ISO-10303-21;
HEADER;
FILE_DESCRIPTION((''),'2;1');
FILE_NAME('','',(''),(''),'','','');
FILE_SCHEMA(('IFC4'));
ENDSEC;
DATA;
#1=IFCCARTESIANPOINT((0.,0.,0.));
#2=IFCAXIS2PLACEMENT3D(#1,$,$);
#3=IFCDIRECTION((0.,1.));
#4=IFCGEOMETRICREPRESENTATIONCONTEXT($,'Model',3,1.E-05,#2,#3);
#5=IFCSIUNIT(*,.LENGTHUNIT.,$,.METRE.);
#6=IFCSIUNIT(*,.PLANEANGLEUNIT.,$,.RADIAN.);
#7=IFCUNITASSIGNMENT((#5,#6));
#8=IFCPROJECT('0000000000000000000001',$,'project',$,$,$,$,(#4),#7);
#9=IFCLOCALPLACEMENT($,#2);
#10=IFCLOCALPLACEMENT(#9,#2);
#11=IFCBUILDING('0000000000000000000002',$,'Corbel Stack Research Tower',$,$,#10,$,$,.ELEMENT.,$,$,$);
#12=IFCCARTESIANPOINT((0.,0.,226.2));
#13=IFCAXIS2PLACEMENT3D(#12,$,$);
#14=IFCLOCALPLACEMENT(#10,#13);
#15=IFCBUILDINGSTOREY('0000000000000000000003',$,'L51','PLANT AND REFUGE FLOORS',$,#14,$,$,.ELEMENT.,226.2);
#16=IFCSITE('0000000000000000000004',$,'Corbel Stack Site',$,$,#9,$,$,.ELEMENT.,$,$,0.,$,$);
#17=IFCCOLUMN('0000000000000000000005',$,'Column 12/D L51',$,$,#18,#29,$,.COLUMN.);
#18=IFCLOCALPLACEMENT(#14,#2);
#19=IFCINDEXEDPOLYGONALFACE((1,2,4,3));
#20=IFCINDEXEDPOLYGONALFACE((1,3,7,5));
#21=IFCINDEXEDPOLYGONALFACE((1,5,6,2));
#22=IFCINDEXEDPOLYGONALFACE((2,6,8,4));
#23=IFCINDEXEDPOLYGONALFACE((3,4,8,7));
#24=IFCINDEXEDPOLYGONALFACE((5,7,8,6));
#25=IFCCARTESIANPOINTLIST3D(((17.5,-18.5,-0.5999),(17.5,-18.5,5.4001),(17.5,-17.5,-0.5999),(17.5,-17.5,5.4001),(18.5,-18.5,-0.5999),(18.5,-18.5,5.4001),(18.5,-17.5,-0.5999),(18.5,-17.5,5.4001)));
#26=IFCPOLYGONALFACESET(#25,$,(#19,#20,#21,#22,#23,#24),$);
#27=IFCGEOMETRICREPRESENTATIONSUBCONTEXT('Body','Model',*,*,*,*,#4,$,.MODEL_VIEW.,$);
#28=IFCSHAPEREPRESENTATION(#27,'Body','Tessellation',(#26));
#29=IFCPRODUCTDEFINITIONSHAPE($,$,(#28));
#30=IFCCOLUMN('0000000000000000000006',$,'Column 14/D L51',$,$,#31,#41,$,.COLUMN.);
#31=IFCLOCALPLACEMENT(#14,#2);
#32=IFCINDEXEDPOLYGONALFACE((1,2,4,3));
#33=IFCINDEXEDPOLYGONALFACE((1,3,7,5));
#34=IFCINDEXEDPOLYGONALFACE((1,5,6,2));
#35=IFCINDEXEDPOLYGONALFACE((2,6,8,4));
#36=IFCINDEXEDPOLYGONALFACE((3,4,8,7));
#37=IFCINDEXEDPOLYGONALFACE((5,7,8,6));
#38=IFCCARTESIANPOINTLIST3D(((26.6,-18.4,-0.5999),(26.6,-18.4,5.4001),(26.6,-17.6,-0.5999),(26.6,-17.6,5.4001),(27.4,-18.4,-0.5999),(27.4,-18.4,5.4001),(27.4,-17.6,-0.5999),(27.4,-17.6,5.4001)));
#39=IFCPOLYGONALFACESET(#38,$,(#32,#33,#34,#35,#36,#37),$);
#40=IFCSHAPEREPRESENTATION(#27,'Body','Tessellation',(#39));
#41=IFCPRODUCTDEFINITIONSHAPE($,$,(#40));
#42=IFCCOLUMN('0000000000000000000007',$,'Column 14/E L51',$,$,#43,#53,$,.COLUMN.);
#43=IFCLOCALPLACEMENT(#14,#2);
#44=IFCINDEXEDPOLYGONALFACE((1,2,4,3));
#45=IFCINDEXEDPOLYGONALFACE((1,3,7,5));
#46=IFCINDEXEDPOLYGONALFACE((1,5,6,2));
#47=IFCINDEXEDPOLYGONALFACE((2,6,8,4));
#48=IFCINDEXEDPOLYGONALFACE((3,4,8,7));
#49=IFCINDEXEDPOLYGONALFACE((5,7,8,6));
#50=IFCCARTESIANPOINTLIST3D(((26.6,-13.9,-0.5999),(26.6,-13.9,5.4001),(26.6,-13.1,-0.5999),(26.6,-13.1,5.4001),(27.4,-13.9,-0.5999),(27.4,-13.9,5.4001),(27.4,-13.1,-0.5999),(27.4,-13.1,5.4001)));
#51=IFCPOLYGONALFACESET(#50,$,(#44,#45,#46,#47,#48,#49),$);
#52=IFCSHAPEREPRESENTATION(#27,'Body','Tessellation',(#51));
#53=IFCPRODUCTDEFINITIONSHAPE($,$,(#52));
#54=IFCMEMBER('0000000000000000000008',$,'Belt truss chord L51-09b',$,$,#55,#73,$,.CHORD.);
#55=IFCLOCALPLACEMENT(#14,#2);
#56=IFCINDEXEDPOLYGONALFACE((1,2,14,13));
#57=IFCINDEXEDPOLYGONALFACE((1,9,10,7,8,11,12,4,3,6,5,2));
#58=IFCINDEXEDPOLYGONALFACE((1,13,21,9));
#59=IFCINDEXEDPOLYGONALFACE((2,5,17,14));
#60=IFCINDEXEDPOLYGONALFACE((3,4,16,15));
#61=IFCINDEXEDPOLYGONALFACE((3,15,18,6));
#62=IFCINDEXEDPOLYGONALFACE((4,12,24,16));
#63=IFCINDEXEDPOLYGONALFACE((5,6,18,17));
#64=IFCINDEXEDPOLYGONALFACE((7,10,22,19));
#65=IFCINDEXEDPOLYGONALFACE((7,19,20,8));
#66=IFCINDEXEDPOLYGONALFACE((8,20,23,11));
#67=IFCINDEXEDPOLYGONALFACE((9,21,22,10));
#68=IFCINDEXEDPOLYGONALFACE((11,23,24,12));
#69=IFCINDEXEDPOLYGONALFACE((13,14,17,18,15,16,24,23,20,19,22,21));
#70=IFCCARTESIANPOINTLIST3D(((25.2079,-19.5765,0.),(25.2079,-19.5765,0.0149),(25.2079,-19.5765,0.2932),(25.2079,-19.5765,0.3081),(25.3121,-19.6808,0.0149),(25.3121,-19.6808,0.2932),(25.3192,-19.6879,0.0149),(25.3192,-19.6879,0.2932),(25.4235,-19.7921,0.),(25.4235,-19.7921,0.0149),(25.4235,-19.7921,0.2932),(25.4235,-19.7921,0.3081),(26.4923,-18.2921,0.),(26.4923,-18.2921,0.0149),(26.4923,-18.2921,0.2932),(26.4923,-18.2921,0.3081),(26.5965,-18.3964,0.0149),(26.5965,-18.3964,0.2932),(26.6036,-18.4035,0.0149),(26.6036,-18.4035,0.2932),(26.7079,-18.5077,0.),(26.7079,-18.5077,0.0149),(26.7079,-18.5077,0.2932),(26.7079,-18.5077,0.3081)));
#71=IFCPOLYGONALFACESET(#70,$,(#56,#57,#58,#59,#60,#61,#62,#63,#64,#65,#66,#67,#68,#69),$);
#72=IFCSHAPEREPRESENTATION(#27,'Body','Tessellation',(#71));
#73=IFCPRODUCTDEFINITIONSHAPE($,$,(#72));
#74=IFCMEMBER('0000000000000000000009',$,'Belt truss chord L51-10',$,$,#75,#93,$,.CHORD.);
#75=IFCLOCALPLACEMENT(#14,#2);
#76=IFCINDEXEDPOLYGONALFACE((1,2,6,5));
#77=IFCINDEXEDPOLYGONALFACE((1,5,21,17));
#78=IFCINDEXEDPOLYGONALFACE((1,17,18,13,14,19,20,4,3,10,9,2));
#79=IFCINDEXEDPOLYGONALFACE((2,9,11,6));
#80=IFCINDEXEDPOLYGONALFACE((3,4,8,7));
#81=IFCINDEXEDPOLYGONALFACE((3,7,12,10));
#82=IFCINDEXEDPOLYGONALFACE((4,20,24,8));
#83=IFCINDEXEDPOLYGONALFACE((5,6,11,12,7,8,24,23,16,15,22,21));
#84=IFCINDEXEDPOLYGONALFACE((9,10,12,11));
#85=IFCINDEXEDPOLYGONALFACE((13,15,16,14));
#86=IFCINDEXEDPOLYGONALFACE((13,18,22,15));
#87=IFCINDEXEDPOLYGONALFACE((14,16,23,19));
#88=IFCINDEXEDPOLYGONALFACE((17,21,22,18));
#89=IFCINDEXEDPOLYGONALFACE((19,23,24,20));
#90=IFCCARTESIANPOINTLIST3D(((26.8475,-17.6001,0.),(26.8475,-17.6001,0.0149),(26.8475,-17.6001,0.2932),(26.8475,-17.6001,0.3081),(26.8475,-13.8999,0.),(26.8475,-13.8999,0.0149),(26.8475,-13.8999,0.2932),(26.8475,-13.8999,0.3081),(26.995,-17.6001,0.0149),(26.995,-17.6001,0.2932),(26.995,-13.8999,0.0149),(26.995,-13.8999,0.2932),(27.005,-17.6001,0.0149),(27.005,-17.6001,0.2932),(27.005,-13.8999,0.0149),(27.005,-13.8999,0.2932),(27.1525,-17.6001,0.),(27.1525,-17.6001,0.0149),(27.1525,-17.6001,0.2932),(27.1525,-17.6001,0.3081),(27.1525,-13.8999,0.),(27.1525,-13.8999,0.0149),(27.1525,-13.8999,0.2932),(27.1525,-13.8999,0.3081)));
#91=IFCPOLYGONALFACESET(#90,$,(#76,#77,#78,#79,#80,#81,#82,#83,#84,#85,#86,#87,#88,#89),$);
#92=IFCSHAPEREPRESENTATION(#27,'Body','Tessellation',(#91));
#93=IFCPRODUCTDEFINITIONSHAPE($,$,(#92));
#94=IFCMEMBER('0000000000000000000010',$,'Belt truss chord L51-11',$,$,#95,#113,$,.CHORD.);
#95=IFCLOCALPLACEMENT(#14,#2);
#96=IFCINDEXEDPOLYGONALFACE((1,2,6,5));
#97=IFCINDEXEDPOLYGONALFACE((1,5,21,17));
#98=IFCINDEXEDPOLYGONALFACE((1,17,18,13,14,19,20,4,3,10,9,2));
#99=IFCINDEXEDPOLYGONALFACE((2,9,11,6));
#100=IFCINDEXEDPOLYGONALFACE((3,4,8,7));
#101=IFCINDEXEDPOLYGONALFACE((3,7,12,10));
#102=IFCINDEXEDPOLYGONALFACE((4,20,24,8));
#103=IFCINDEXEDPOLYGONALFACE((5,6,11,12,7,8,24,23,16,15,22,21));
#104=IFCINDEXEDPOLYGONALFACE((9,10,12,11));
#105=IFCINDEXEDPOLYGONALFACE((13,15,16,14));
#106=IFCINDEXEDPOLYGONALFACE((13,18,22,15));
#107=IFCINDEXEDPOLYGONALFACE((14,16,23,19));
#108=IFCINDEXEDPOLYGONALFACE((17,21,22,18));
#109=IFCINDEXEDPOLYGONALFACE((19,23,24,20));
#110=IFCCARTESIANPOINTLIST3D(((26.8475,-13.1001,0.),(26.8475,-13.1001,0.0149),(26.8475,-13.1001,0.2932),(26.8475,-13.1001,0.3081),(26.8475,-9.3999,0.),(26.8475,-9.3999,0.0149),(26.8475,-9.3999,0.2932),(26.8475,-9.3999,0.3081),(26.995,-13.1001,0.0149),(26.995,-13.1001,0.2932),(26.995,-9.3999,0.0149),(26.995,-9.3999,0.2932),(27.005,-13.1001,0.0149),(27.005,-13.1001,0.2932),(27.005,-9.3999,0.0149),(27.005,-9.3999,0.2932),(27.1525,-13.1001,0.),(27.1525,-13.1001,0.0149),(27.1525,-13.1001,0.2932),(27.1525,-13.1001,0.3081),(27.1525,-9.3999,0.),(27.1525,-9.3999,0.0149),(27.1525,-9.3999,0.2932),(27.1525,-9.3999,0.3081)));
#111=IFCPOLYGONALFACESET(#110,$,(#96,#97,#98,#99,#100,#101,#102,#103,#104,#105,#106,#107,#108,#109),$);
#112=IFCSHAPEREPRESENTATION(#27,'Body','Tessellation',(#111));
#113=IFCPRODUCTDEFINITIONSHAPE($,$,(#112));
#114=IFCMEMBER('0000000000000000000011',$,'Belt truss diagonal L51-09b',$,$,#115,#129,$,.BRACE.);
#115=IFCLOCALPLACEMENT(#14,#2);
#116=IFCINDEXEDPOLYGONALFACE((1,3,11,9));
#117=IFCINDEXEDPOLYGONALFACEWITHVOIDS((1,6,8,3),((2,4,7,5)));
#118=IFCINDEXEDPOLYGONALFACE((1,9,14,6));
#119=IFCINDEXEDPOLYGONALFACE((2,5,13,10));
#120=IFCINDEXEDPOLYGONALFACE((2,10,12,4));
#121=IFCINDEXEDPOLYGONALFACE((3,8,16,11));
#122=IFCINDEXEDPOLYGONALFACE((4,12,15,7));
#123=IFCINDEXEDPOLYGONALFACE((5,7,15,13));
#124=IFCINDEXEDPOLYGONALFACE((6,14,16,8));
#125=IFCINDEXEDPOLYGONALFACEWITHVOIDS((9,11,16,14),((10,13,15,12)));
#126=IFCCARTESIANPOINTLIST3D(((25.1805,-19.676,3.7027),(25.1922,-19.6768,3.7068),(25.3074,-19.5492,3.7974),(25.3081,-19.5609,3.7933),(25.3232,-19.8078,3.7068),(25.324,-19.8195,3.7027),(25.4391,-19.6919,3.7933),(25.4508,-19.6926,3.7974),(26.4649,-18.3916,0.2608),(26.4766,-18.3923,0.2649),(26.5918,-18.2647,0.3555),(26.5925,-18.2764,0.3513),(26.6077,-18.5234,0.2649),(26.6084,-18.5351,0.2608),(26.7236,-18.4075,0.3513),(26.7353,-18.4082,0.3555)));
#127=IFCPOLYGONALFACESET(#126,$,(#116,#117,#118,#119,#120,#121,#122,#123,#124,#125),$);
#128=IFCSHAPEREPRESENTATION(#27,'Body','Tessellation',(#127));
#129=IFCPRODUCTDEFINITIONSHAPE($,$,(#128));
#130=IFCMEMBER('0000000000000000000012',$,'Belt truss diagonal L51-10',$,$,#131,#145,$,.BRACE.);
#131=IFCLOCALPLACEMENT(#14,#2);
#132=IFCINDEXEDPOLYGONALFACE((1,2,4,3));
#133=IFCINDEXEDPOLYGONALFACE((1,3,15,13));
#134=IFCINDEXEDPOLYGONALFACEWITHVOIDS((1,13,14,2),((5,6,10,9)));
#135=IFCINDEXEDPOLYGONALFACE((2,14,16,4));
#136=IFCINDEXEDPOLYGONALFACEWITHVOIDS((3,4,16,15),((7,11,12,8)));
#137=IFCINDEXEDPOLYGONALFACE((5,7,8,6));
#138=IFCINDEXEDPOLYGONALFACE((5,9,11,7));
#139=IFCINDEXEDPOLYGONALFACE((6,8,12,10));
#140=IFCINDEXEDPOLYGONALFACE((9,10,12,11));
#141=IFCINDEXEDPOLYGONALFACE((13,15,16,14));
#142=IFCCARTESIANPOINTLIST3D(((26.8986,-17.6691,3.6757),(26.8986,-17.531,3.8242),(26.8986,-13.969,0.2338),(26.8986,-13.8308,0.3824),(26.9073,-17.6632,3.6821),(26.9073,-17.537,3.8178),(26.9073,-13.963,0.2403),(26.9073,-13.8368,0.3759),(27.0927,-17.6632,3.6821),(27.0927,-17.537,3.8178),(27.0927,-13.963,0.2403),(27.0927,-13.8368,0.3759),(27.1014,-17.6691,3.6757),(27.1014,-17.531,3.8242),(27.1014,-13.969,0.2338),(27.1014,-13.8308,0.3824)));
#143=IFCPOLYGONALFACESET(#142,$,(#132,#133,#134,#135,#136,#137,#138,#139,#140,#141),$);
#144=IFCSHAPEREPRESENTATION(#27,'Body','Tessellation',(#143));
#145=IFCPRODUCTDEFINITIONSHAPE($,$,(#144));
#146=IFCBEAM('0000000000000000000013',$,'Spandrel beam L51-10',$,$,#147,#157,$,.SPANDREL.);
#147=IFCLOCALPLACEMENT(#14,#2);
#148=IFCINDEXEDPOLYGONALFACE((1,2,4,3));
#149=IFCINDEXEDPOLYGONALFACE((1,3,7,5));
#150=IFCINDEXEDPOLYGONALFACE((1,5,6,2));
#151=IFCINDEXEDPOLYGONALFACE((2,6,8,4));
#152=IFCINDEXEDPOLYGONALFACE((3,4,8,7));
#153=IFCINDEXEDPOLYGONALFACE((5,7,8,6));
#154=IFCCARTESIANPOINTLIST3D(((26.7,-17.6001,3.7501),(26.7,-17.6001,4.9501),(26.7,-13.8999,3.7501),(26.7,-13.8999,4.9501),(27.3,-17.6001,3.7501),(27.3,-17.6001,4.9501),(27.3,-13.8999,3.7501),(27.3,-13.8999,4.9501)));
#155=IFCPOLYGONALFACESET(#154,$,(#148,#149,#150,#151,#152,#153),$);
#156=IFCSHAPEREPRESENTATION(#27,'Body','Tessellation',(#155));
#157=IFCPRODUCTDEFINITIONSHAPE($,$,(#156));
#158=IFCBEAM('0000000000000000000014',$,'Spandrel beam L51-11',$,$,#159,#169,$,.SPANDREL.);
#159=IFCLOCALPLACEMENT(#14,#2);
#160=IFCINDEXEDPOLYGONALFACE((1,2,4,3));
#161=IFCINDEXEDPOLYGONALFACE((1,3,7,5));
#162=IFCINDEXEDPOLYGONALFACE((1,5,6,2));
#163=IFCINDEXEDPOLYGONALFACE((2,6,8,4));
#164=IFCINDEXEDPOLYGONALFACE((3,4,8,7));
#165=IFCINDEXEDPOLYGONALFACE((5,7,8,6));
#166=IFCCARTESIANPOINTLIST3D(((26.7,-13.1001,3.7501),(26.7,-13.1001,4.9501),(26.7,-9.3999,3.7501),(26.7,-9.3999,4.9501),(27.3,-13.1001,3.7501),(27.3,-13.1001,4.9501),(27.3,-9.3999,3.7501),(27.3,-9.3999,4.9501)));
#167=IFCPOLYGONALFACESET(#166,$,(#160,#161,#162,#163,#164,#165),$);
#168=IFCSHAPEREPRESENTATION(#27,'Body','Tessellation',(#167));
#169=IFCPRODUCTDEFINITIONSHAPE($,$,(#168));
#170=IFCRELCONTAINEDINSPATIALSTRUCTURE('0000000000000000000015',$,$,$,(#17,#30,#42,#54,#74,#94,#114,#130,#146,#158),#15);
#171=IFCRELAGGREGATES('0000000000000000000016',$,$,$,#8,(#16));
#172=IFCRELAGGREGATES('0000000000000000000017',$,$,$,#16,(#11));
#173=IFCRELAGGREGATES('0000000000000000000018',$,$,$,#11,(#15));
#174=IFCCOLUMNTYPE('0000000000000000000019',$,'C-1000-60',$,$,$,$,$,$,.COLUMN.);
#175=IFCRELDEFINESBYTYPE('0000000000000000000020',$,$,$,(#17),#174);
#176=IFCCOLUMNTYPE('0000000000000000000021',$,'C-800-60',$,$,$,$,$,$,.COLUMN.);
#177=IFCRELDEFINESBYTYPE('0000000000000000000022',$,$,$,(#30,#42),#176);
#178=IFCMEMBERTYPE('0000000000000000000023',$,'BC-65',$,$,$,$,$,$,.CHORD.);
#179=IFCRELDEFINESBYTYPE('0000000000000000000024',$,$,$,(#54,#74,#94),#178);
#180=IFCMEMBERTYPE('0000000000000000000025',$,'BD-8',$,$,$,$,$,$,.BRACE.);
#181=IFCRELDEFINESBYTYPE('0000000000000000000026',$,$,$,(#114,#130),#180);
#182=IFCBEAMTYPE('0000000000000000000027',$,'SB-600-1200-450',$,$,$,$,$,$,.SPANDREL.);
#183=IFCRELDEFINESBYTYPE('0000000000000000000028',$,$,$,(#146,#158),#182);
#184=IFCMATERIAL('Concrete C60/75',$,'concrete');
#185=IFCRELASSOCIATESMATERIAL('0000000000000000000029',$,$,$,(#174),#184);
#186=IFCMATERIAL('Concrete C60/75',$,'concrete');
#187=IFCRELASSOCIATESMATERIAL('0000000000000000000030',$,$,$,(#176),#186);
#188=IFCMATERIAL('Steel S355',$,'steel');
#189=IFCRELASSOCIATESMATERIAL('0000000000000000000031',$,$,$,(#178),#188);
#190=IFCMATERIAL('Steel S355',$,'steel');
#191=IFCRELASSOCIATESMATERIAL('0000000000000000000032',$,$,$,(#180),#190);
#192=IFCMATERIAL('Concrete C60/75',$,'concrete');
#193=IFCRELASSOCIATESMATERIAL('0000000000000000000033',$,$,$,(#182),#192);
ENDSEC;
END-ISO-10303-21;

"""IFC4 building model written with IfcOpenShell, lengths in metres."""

from ifc_helpers import new_model, si_unit, direction, frame, origin, origin_2d, place, context, subcontext, project, spatial, rectangle, hollow_rectangle, i_section, extrude, material, material_profile, profile_set, type_object, element, save


model = new_model("IFC4")

# Units and contexts
model_context = context("Model", 3, precision=1e-05, world=origin(), true_north=direction((0.0, 1.0)))
body_context = subcontext(model_context, "Body", "Model", "MODEL_VIEW")
ifc_project = project(units=[si_unit("LENGTHUNIT", "METRE"), si_unit("PLANEANGLEUNIT", "RADIAN")], contexts=[model_context])

# Site, building, storey
site_placement = place(None, origin())
site = spatial("IfcSite", under=ifc_project, at=site_placement, Name="Corbel Stack Site", CompositionType="ELEMENT", RefElevation=0.0)
building_placement = place(site_placement, origin())
building = spatial("IfcBuilding", under=site, at=building_placement, Name="Corbel Stack Research Tower", CompositionType="ELEMENT")
storey_placement = place(building_placement, frame((0.0, 0.0, 226.2)))
storey = spatial("IfcBuildingStorey", under=building, at=storey_placement, Name="L51", Description="PLANT AND REFUGE FLOORS", CompositionType="ELEMENT", Elevation=226.2)

# Columns
ifc_material_1 = material(Name="Concrete C60/75", Category="concrete")
ifc_material_profile_1 = material_profile(ifc_material_1, rectangle(XDim=1.0, YDim=1.0, at=origin_2d()), Name="RC 1000 x 1000")
ifc_profile_set_1 = profile_set([ifc_material_profile_1], Name="Concrete C60/75")
column_type_1 = type_object("IfcColumnType", Name="C-1000-60", PredefinedType="COLUMN", material=ifc_profile_set_1)
column_placement = place(storey_placement, frame((18.0, -18.0, -0.5999), z_axis=(0.0, 0.0, 1.0), x_axis=(1.0, 0.0, 0.0)))
element("IfcColumn", 1, at=column_placement, inside=storey, type_object=column_type_1, Name="Column 12/D L51", PredefinedType="COLUMN", context=body_context, shape_type="SweptSolid", body=[
    extrude(rectangle(XDim=1.0, YDim=1.0, at=origin_2d()), origin(), (0.0, 0.0, 1.0), 6.0),
])
ifc_material_2 = material(Name="Concrete C60/75", Category="concrete")
ifc_material_profile_2 = material_profile(ifc_material_2, rectangle(XDim=0.8, YDim=0.8, at=origin_2d()), Name="RC 800 x 800")
ifc_profile_set_2 = profile_set([ifc_material_profile_2], Name="Concrete C60/75")
column_type_2 = type_object("IfcColumnType", Name="C-800-60", PredefinedType="COLUMN", material=ifc_profile_set_2)
for number, where, z_axis, x_axis, name in (
    (2, (27.0, -18.0, -0.5999), (0.0, 0.0, 1.0), (1.0, 0.0, 0.0), "Column 14/D L51"),
    (3, (27.0, -13.5, -0.5999), (0.0, 0.0, 1.0), (1.0, 0.0, 0.0), "Column 14/E L51"),
):
    element("IfcColumn", number, at=place(storey_placement, frame(where, z_axis=z_axis, x_axis=x_axis)), inside=storey, type_object=column_type_2, Name=name, PredefinedType="COLUMN", context=body_context, shape_type="SweptSolid", body=[
        extrude(rectangle(XDim=0.8, YDim=0.8, at=origin_2d()), origin(), (0.0, 0.0, 1.0), 6.0),
    ])

# Members
ifc_material_3 = material(Name="Steel S355", Category="steel")
ifc_material_profile_3 = material_profile(ifc_material_3, i_section(OverallWidth=0.3049, OverallDepth=0.3081, WebThickness=0.01, FlangeThickness=0.0149, at=origin_2d()), Name="W12x65")
ifc_profile_set_3 = profile_set([ifc_material_profile_3], Name="Steel S355")
member_type_1 = type_object("IfcMemberType", Name="BC-65", PredefinedType="CHORD", material=ifc_profile_set_3)
member_1_placement = place(storey_placement, frame((25.3157, -19.6843, 0.1541), z_axis=(0.707107, 0.707107, 0.0), x_axis=(-0.707107, 0.707107, 0.0)))
element("IfcMember", 4, at=member_1_placement, inside=storey, type_object=member_type_1, Name="Belt truss chord L51-09b", PredefinedType="CHORD", context=body_context, shape_type="SweptSolid", body=[
    extrude(i_section(OverallWidth=0.3049, OverallDepth=0.3081, WebThickness=0.01, FlangeThickness=0.0149, at=origin_2d()), origin(), (0.0, 0.0, 1.0), 1.8164),
])
for number, where, z_axis, x_axis, name in (
    (5, (27.0, -17.6001, 0.1541), (0.0, 1.0, 0.0), (-1.0, 0.0, 0.0), "Belt truss chord L51-10"),
    (6, (27.0, -13.1001, 0.1541), (0.0, 1.0, 0.0), (-1.0, 0.0, 0.0), "Belt truss chord L51-11"),
):
    element("IfcMember", number, at=place(storey_placement, frame(where, z_axis=z_axis, x_axis=x_axis)), inside=storey, type_object=member_type_1, Name=name, PredefinedType="CHORD", context=body_context, shape_type="SweptSolid", body=[
        extrude(i_section(OverallWidth=0.3049, OverallDepth=0.3081, WebThickness=0.01, FlangeThickness=0.0149, at=origin_2d()), origin(), (0.0, 0.0, 1.0), 3.7002),
    ])
ifc_material_4 = material(Name="Steel S355", Category="steel")
ifc_material_profile_4 = material_profile(ifc_material_4, hollow_rectangle(XDim=0.2029, YDim=0.2029, WallThickness=0.0088, at=origin_2d()), Name="HSS8x8x3/8")
ifc_profile_set_4 = profile_set([ifc_material_profile_4], Name="Steel S355")
member_type_2 = type_object("IfcMemberType", Name="BD-8", PredefinedType="BRACE", material=ifc_profile_set_4)
member_2_placement = place(storey_placement, frame((26.6001, -18.3999, 0.3081), z_axis=(-0.330033, -0.330033, 0.884396), x_axis=(0.707107, -0.707107, 0.0)))
element("IfcMember", 7, at=member_2_placement, inside=storey, type_object=member_type_2, Name="Belt truss diagonal L51-09b", PredefinedType="BRACE", context=body_context, shape_type="SweptSolid", body=[
    extrude(hollow_rectangle(XDim=0.2029, YDim=0.2029, WallThickness=0.0088, at=origin_2d()), origin(), (0.0, 0.0, 1.0), 3.8918),
])
member_3_placement = place(storey_placement, frame((27.0, -13.8999, 0.3081), z_axis=(0.0, -0.732201, 0.681088), x_axis=(1.0, 0.0, 0.0)))
element("IfcMember", 8, at=member_3_placement, inside=storey, type_object=member_type_2, Name="Belt truss diagonal L51-10", PredefinedType="BRACE", context=body_context, shape_type="SweptSolid", body=[
    extrude(hollow_rectangle(XDim=0.2029, YDim=0.2029, WallThickness=0.0088, at=origin_2d()), origin(), (0.0, 0.0, 1.0), 5.0535),
])

# Beams
ifc_material_5 = material(Name="Concrete C60/75", Category="concrete")
ifc_material_profile_5 = material_profile(ifc_material_5, rectangle(XDim=0.6001, YDim=1.2, at=origin_2d()), Name="RC 600 x 1200")
ifc_profile_set_5 = profile_set([ifc_material_profile_5], Name="Concrete C60/75")
beam_type = type_object("IfcBeamType", Name="SB-600-1200-450", PredefinedType="SPANDREL", material=ifc_profile_set_5)
for number, where, z_axis, x_axis, name in (
    (9, (27.0, -17.6001, 4.3501), (0.0, 1.0, 0.0), (-1.0, 0.0, 0.0), "Spandrel beam L51-10"),
    (10, (27.0, -13.1001, 4.3501), (0.0, 1.0, 0.0), (-1.0, 0.0, 0.0), "Spandrel beam L51-11"),
):
    element("IfcBeam", number, at=place(storey_placement, frame(where, z_axis=z_axis, x_axis=x_axis)), inside=storey, type_object=beam_type, Name=name, PredefinedType="SPANDREL", context=body_context, shape_type="SweptSolid", body=[
        extrude(rectangle(XDim=0.6001, YDim=1.2, at=origin_2d()), origin(), (0.0, 0.0, 1.0), 3.7002),
    ])

save(model, "model.ifc")
